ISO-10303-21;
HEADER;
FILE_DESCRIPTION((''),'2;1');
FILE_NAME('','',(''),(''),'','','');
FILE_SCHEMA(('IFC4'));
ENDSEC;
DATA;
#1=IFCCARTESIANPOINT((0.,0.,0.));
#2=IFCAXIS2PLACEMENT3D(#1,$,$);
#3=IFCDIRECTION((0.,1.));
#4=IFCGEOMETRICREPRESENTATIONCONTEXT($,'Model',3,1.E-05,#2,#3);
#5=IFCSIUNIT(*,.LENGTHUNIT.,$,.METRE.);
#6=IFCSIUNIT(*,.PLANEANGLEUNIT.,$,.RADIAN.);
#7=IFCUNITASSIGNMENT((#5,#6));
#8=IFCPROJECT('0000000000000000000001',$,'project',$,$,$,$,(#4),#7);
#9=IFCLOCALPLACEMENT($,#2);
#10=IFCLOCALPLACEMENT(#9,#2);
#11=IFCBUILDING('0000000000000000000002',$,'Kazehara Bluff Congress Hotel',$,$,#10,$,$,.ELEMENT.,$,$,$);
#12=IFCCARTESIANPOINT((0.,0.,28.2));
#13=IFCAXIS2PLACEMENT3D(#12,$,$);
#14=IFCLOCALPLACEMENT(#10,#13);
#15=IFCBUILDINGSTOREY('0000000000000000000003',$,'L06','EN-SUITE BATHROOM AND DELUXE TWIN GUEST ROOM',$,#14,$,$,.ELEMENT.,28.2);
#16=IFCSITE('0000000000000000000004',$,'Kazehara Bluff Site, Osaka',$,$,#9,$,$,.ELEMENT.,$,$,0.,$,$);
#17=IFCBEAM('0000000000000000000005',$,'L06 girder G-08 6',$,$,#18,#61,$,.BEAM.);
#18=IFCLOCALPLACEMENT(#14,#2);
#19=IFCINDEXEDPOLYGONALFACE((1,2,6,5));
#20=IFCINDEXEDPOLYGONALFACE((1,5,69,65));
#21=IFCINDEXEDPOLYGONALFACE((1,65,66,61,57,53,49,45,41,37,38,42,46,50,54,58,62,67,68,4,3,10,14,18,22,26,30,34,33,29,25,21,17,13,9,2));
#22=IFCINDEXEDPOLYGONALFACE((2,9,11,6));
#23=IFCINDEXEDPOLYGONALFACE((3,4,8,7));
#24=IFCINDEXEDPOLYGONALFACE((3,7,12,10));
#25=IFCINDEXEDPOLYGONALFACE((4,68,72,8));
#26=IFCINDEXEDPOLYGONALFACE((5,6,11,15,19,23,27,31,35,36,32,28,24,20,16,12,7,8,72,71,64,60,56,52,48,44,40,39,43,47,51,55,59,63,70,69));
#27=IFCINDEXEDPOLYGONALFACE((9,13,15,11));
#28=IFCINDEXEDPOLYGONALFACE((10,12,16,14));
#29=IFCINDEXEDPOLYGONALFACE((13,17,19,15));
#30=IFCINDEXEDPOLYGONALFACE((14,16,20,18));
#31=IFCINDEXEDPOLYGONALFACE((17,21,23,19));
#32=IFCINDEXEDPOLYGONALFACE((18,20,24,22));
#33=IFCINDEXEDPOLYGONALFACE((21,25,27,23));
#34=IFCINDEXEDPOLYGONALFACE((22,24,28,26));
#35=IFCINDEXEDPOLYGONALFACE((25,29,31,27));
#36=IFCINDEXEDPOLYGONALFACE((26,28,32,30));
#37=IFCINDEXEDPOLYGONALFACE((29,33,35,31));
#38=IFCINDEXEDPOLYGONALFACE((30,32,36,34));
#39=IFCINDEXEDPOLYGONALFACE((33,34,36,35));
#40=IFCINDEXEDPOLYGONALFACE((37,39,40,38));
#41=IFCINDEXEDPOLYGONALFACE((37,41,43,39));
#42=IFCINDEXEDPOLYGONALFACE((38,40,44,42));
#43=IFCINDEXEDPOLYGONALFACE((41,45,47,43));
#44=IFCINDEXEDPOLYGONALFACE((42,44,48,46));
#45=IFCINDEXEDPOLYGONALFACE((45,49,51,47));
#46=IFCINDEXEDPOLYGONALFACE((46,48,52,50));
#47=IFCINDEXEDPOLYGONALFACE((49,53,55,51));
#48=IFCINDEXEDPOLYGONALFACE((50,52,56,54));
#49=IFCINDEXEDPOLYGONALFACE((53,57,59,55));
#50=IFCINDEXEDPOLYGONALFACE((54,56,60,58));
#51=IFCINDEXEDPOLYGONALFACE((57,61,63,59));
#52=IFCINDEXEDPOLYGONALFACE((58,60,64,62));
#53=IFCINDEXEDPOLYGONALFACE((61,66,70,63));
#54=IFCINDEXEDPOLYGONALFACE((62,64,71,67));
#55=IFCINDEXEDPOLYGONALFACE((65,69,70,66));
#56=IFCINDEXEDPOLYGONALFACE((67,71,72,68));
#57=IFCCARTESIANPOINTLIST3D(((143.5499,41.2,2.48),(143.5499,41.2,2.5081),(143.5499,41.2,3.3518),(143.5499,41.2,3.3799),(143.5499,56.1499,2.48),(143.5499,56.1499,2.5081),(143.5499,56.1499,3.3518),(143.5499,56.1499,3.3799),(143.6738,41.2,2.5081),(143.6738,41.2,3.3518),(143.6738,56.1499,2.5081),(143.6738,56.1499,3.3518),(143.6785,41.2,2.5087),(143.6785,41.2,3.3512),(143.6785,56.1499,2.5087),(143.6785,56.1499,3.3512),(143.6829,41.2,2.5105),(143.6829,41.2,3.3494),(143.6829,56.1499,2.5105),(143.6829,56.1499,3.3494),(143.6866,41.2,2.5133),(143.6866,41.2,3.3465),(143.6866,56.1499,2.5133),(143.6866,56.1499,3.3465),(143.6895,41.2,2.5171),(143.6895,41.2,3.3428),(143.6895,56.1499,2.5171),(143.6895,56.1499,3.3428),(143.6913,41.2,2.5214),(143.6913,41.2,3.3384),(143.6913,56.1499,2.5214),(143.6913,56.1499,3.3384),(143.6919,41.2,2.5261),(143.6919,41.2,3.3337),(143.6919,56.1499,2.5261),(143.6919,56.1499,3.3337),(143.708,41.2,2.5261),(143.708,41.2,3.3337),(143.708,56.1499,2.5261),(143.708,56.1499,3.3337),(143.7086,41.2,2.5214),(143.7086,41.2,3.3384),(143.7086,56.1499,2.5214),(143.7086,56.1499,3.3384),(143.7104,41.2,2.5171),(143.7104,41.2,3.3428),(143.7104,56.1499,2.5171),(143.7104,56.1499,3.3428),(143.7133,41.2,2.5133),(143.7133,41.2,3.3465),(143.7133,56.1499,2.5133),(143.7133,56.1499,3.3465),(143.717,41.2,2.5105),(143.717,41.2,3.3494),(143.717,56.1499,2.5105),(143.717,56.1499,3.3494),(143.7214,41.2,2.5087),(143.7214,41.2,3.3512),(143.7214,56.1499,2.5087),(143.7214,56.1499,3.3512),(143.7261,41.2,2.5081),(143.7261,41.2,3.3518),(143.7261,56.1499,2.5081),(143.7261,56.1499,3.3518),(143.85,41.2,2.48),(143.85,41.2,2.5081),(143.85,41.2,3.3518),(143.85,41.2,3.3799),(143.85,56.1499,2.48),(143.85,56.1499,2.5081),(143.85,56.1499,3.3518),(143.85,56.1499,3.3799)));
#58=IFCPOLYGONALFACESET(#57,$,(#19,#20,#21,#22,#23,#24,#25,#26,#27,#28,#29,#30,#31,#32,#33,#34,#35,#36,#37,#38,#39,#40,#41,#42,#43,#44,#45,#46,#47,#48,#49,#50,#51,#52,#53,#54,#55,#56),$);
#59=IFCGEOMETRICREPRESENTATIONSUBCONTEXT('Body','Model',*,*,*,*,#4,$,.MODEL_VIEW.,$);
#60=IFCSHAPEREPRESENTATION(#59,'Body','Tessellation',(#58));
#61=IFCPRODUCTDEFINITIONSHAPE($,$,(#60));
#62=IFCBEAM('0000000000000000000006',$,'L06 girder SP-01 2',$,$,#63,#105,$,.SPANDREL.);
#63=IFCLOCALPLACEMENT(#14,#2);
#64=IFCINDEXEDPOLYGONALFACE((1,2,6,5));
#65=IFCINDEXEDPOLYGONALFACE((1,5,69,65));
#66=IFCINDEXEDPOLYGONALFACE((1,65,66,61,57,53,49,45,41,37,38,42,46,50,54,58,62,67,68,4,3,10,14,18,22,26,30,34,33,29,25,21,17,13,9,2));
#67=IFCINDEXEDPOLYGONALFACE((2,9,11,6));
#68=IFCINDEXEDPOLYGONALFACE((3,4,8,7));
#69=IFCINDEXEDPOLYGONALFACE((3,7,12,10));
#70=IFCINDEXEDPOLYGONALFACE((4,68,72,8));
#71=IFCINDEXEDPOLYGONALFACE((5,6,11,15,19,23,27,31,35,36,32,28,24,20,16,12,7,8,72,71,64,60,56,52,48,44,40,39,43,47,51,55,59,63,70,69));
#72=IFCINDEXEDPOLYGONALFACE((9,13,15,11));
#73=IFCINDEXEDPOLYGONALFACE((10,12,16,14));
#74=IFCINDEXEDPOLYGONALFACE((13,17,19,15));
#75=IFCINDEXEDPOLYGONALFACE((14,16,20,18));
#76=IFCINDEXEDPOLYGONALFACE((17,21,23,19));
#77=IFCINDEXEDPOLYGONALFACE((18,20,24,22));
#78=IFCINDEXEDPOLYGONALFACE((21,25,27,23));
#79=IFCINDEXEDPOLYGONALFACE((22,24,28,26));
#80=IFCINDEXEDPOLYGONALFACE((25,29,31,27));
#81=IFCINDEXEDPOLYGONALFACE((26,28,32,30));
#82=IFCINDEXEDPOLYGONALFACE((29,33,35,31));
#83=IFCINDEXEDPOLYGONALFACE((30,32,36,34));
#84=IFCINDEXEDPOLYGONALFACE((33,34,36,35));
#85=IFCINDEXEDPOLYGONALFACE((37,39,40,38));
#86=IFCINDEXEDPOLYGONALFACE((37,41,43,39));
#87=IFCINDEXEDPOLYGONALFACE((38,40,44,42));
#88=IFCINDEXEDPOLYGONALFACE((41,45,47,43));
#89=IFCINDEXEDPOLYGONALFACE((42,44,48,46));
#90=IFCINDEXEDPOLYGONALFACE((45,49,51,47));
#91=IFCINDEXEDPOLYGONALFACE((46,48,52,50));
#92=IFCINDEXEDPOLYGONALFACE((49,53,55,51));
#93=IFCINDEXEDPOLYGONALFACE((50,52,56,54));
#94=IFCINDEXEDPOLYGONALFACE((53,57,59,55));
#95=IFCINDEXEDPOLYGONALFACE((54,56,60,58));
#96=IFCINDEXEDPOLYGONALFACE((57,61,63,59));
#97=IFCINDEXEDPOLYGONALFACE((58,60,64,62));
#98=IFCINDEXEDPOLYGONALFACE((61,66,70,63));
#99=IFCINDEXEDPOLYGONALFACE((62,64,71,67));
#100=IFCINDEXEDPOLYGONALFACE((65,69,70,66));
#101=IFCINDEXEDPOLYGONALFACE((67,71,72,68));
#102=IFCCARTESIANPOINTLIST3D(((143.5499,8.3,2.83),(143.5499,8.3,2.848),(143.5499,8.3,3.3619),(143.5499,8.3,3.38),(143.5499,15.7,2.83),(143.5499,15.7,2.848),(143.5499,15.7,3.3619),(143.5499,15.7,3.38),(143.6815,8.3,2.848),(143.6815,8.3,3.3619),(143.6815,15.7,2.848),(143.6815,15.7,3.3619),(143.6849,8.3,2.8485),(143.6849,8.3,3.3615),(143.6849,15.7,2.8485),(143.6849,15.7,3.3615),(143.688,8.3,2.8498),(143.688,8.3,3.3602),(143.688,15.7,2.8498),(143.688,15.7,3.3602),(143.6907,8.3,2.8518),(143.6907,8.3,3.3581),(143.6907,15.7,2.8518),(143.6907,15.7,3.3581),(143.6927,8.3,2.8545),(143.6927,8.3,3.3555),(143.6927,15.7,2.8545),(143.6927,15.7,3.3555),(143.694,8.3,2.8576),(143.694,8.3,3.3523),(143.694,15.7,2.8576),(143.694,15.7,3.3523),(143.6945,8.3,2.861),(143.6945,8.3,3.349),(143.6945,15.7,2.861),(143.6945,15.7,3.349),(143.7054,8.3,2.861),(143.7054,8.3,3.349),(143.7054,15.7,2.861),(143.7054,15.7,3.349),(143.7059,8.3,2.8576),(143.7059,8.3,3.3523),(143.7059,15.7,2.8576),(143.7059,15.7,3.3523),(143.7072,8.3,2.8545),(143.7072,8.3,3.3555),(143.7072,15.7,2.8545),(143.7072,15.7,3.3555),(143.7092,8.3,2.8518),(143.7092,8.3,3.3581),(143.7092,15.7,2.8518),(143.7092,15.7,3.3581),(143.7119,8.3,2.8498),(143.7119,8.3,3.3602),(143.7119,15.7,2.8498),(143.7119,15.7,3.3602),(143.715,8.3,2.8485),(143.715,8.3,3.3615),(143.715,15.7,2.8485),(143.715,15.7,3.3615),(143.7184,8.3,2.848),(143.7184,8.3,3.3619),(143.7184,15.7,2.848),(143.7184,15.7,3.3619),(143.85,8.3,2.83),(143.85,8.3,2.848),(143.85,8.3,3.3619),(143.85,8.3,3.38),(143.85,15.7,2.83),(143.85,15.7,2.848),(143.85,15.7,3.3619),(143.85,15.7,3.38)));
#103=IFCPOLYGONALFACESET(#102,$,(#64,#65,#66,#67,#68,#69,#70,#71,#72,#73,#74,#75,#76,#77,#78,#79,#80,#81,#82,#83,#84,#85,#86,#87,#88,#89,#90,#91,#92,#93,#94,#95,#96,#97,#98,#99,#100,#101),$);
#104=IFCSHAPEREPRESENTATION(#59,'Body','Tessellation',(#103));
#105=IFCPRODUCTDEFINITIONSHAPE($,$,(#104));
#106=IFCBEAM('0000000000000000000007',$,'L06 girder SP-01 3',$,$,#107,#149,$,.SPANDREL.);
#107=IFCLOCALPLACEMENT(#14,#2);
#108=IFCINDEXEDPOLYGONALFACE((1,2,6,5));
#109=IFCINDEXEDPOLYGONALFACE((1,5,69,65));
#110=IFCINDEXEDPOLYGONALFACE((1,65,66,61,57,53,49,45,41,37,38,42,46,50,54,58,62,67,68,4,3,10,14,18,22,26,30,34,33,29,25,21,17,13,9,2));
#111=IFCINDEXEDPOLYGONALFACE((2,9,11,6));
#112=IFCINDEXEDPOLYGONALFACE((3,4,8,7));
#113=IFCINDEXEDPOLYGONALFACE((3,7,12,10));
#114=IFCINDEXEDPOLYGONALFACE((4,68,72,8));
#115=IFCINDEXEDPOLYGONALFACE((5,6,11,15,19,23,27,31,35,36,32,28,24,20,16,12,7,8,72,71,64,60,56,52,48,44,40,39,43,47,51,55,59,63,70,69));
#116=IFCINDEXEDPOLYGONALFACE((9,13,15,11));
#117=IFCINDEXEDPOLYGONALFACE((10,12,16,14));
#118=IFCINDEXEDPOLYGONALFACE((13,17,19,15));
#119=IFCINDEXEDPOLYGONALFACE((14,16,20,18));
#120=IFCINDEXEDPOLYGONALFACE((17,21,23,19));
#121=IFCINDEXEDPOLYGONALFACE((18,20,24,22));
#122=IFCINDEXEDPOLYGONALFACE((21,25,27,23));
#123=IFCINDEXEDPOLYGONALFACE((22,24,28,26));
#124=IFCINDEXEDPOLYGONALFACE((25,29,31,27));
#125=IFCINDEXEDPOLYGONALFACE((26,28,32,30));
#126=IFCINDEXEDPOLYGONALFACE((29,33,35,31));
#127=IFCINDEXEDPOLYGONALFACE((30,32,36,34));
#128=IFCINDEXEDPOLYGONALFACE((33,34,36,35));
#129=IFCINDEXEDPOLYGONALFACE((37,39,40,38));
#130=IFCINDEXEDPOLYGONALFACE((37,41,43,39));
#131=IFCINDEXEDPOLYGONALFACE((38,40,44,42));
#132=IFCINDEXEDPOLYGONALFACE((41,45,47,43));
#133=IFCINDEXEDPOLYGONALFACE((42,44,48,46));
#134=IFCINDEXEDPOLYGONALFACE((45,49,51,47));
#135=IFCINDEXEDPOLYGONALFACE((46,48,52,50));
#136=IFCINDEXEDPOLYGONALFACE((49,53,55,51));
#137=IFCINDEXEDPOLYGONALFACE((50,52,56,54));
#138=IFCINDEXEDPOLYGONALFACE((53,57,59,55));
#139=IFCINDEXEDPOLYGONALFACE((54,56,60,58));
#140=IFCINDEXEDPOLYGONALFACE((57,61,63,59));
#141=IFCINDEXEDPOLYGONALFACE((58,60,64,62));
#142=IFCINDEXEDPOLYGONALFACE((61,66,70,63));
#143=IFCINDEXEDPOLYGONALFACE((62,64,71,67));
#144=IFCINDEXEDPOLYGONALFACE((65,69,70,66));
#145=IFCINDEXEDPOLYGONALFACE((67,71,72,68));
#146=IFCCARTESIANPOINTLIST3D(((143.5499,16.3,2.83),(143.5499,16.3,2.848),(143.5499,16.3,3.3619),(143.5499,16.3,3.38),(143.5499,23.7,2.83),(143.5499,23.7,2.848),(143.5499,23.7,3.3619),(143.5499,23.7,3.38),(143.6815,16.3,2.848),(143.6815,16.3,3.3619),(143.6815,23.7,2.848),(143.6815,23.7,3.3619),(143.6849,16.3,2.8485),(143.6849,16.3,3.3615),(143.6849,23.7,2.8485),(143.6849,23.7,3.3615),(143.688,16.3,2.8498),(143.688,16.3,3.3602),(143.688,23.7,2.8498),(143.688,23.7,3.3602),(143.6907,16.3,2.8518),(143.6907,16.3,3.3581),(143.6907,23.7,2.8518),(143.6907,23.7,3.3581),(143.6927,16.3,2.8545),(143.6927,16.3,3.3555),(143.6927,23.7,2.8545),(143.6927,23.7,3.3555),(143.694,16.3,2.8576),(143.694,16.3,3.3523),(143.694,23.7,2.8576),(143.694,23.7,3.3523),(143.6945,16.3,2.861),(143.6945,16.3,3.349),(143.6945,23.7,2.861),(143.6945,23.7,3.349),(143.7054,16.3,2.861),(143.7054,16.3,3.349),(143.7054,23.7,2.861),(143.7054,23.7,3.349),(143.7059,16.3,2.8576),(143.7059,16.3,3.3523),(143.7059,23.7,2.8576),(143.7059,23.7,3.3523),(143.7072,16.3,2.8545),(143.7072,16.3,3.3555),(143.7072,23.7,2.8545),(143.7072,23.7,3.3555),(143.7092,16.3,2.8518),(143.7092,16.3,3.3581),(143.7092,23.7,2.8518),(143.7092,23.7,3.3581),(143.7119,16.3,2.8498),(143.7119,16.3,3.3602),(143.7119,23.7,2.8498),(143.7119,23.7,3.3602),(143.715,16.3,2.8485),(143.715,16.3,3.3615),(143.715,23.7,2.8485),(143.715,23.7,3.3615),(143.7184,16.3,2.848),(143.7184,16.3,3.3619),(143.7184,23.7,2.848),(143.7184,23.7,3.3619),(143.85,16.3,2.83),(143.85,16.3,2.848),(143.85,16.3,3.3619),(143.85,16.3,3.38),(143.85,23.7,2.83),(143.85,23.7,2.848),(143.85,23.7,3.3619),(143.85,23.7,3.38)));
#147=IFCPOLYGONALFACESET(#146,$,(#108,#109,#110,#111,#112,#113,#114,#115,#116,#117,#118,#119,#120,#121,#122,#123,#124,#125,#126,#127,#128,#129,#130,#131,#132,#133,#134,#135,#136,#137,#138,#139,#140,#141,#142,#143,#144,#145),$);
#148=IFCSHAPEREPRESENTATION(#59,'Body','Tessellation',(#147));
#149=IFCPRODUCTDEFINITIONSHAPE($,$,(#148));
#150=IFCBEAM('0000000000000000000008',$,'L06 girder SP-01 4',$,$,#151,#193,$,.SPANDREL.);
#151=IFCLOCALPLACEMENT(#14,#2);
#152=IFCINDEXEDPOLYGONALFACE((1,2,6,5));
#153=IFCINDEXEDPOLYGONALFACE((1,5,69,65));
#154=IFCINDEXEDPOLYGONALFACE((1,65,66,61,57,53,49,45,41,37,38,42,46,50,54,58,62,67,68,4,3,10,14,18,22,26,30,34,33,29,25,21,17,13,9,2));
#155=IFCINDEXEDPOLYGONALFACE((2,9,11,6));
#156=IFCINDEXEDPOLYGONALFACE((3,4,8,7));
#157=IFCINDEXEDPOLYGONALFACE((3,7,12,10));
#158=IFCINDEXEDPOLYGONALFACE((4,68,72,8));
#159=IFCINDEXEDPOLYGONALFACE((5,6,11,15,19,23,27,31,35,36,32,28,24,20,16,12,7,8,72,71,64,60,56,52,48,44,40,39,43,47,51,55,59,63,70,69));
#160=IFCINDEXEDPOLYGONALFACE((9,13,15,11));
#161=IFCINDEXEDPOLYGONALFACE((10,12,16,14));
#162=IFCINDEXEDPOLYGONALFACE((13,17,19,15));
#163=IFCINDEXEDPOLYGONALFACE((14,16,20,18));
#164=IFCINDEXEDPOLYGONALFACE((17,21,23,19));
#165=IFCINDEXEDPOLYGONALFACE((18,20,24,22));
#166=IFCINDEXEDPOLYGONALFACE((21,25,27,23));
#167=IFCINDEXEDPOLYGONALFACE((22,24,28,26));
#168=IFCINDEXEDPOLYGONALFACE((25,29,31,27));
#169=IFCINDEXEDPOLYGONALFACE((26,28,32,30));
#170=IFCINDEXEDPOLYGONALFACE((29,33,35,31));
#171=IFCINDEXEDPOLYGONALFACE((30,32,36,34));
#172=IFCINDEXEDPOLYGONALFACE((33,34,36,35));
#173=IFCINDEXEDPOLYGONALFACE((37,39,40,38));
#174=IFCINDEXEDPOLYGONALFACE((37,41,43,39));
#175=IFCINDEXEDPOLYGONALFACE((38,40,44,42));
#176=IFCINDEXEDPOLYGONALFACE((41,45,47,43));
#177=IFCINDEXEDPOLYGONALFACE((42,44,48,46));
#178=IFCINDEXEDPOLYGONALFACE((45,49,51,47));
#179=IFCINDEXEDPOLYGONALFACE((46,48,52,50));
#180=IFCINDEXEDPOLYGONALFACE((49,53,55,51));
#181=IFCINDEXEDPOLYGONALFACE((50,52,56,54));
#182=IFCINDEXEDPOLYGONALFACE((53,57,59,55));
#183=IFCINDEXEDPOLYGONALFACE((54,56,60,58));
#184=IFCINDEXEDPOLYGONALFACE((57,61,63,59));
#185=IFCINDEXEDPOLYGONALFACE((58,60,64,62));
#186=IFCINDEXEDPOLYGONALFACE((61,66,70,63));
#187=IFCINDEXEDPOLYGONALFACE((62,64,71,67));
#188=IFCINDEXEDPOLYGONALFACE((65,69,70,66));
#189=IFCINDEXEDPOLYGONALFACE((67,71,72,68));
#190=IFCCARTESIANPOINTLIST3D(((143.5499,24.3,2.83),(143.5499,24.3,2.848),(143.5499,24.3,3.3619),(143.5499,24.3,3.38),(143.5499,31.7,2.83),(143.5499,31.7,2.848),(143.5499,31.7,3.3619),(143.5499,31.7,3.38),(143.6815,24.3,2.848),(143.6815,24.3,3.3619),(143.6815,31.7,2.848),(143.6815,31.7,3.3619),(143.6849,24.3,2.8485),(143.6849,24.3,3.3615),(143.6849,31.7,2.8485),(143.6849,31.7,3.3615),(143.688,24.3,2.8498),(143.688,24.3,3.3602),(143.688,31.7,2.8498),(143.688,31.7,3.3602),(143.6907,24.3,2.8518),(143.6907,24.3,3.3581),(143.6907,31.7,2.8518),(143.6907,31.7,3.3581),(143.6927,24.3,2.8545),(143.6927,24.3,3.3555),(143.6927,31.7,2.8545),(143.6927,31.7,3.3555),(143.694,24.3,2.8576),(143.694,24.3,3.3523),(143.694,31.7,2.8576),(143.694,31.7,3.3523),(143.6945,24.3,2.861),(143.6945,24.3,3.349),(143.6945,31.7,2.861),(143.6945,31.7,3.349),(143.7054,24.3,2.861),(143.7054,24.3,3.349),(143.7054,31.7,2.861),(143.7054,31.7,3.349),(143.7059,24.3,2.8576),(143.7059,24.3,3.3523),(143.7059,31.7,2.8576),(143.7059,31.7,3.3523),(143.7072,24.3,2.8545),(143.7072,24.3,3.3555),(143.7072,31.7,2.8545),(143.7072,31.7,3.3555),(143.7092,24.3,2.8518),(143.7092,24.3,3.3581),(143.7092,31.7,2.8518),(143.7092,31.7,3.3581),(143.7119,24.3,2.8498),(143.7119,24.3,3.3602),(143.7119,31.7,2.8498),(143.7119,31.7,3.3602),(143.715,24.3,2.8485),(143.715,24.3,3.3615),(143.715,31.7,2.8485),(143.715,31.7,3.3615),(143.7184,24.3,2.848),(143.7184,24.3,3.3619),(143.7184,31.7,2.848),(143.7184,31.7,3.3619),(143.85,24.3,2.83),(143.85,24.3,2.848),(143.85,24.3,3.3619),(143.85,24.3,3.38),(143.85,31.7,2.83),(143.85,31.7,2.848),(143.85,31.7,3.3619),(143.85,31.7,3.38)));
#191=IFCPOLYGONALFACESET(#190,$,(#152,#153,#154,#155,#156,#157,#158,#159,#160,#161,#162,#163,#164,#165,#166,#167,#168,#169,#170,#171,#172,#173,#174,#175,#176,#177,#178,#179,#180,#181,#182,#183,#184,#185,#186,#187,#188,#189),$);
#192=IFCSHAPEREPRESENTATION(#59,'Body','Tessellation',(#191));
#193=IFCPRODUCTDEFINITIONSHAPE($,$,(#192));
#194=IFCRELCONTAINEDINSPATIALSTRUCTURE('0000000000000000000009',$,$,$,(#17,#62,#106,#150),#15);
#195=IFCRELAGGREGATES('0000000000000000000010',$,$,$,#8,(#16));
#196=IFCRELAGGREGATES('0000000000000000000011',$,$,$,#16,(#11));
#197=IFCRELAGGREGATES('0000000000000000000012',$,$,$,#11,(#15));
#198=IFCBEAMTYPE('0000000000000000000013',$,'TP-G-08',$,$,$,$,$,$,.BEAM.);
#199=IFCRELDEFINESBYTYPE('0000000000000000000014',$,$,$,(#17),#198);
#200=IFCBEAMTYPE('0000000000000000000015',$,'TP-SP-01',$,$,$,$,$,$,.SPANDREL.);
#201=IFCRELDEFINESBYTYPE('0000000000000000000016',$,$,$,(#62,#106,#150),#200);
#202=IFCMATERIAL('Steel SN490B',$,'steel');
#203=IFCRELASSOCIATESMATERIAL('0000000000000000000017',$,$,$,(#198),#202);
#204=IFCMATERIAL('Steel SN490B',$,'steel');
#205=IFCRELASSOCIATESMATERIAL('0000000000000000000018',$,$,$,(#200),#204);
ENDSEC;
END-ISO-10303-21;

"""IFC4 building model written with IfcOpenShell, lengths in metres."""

from ifc_helpers import new_model, si_unit, direction, frame, origin, origin_2d, place, context, subcontext, project, spatial, i_section, extrude, material, material_profile, profile_set, type_object, element, save


model = new_model("IFC4")

# Units and contexts
model_context = context("Model", 3, precision=1e-05, world=origin(), true_north=direction((0.0, 1.0)))
body_context = subcontext(model_context, "Body", "Model", "MODEL_VIEW")
ifc_project = project(units=[si_unit("LENGTHUNIT", "METRE"), si_unit("PLANEANGLEUNIT", "RADIAN")], contexts=[model_context])

# Site, building, storey
site_placement = place(None, origin())
site = spatial("IfcSite", under=ifc_project, at=site_placement, Name="Kazehara Bluff Site, Osaka", CompositionType="ELEMENT", RefElevation=0.0)
building_placement = place(site_placement, origin())
building = spatial("IfcBuilding", under=site, at=building_placement, Name="Kazehara Bluff Congress Hotel", CompositionType="ELEMENT")
storey_placement = place(building_placement, frame((0.0, 0.0, 28.2)))
storey = spatial("IfcBuildingStorey", under=building, at=storey_placement, Name="L06", Description="EN-SUITE BATHROOM AND DELUXE TWIN GUEST ROOM", CompositionType="ELEMENT", Elevation=28.2)

# Beams
ifc_material_1 = material(Name="Steel SN490B", Category="steel")
ifc_material_profile_1 = material_profile(ifc_material_1, i_section(OverallWidth=0.3, OverallDepth=0.8999, WebThickness=0.0161, FlangeThickness=0.0281, FilletRadius=0.0181, at=origin_2d()))
ifc_profile_set_1 = profile_set([ifc_material_profile_1], Name="Steel SN490B")
beam_type_1 = type_object("IfcBeamType", Name="TP-G-08", PredefinedType="BEAM", material=ifc_profile_set_1)
beam_1_placement = place(storey_placement, frame((143.7, 41.2, 2.9299), z_axis=(0.0, 1.0, 0.0), x_axis=(-1.0, 0.0, 0.0)))
element("IfcBeam", 1, at=beam_1_placement, inside=storey, type_object=beam_type_1, Name="L06 girder G-08 6", PredefinedType="BEAM", context=body_context, shape_type="SweptSolid", body=[
    extrude(i_section(OverallWidth=0.3, OverallDepth=0.8999, WebThickness=0.0161, FlangeThickness=0.0281, FilletRadius=0.0181, at=origin_2d()), origin(), (0.0, 0.0, 1.0), 14.95),
])
ifc_material_2 = material(Name="Steel SN490B", Category="steel")
ifc_material_profile_2 = material_profile(ifc_material_2, i_section(OverallWidth=0.3, OverallDepth=0.55, WebThickness=0.011, FlangeThickness=0.0181, FilletRadius=0.0129, at=origin_2d()))
ifc_profile_set_2 = profile_set([ifc_material_profile_2], Name="Steel SN490B")
beam_type_2 = type_object("IfcBeamType", Name="TP-SP-01", PredefinedType="SPANDREL", material=ifc_profile_set_2)
for number, where, z_axis, x_axis, name in (
    (2, (143.7, 8.3, 3.105), (0.0, 1.0, 0.0), (-1.0, 0.0, 0.0), "L06 girder SP-01 2"),
    (3, (143.7, 16.3, 3.105), (0.0, 1.0, 0.0), (-1.0, 0.0, 0.0), "L06 girder SP-01 3"),
    (4, (143.7, 24.3, 3.105), (0.0, 1.0, 0.0), (-1.0, 0.0, 0.0), "L06 girder SP-01 4"),
):
    element("IfcBeam", number, at=place(storey_placement, frame(where, z_axis=z_axis, x_axis=x_axis)), inside=storey, type_object=beam_type_2, Name=name, PredefinedType="SPANDREL", context=body_context, shape_type="SweptSolid", body=[
        extrude(i_section(OverallWidth=0.3, OverallDepth=0.55, WebThickness=0.011, FlangeThickness=0.0181, FilletRadius=0.0129, at=origin_2d()), origin(), (0.0, 0.0, 1.0), 7.3999),
    ])

save(model, "model.ifc")
